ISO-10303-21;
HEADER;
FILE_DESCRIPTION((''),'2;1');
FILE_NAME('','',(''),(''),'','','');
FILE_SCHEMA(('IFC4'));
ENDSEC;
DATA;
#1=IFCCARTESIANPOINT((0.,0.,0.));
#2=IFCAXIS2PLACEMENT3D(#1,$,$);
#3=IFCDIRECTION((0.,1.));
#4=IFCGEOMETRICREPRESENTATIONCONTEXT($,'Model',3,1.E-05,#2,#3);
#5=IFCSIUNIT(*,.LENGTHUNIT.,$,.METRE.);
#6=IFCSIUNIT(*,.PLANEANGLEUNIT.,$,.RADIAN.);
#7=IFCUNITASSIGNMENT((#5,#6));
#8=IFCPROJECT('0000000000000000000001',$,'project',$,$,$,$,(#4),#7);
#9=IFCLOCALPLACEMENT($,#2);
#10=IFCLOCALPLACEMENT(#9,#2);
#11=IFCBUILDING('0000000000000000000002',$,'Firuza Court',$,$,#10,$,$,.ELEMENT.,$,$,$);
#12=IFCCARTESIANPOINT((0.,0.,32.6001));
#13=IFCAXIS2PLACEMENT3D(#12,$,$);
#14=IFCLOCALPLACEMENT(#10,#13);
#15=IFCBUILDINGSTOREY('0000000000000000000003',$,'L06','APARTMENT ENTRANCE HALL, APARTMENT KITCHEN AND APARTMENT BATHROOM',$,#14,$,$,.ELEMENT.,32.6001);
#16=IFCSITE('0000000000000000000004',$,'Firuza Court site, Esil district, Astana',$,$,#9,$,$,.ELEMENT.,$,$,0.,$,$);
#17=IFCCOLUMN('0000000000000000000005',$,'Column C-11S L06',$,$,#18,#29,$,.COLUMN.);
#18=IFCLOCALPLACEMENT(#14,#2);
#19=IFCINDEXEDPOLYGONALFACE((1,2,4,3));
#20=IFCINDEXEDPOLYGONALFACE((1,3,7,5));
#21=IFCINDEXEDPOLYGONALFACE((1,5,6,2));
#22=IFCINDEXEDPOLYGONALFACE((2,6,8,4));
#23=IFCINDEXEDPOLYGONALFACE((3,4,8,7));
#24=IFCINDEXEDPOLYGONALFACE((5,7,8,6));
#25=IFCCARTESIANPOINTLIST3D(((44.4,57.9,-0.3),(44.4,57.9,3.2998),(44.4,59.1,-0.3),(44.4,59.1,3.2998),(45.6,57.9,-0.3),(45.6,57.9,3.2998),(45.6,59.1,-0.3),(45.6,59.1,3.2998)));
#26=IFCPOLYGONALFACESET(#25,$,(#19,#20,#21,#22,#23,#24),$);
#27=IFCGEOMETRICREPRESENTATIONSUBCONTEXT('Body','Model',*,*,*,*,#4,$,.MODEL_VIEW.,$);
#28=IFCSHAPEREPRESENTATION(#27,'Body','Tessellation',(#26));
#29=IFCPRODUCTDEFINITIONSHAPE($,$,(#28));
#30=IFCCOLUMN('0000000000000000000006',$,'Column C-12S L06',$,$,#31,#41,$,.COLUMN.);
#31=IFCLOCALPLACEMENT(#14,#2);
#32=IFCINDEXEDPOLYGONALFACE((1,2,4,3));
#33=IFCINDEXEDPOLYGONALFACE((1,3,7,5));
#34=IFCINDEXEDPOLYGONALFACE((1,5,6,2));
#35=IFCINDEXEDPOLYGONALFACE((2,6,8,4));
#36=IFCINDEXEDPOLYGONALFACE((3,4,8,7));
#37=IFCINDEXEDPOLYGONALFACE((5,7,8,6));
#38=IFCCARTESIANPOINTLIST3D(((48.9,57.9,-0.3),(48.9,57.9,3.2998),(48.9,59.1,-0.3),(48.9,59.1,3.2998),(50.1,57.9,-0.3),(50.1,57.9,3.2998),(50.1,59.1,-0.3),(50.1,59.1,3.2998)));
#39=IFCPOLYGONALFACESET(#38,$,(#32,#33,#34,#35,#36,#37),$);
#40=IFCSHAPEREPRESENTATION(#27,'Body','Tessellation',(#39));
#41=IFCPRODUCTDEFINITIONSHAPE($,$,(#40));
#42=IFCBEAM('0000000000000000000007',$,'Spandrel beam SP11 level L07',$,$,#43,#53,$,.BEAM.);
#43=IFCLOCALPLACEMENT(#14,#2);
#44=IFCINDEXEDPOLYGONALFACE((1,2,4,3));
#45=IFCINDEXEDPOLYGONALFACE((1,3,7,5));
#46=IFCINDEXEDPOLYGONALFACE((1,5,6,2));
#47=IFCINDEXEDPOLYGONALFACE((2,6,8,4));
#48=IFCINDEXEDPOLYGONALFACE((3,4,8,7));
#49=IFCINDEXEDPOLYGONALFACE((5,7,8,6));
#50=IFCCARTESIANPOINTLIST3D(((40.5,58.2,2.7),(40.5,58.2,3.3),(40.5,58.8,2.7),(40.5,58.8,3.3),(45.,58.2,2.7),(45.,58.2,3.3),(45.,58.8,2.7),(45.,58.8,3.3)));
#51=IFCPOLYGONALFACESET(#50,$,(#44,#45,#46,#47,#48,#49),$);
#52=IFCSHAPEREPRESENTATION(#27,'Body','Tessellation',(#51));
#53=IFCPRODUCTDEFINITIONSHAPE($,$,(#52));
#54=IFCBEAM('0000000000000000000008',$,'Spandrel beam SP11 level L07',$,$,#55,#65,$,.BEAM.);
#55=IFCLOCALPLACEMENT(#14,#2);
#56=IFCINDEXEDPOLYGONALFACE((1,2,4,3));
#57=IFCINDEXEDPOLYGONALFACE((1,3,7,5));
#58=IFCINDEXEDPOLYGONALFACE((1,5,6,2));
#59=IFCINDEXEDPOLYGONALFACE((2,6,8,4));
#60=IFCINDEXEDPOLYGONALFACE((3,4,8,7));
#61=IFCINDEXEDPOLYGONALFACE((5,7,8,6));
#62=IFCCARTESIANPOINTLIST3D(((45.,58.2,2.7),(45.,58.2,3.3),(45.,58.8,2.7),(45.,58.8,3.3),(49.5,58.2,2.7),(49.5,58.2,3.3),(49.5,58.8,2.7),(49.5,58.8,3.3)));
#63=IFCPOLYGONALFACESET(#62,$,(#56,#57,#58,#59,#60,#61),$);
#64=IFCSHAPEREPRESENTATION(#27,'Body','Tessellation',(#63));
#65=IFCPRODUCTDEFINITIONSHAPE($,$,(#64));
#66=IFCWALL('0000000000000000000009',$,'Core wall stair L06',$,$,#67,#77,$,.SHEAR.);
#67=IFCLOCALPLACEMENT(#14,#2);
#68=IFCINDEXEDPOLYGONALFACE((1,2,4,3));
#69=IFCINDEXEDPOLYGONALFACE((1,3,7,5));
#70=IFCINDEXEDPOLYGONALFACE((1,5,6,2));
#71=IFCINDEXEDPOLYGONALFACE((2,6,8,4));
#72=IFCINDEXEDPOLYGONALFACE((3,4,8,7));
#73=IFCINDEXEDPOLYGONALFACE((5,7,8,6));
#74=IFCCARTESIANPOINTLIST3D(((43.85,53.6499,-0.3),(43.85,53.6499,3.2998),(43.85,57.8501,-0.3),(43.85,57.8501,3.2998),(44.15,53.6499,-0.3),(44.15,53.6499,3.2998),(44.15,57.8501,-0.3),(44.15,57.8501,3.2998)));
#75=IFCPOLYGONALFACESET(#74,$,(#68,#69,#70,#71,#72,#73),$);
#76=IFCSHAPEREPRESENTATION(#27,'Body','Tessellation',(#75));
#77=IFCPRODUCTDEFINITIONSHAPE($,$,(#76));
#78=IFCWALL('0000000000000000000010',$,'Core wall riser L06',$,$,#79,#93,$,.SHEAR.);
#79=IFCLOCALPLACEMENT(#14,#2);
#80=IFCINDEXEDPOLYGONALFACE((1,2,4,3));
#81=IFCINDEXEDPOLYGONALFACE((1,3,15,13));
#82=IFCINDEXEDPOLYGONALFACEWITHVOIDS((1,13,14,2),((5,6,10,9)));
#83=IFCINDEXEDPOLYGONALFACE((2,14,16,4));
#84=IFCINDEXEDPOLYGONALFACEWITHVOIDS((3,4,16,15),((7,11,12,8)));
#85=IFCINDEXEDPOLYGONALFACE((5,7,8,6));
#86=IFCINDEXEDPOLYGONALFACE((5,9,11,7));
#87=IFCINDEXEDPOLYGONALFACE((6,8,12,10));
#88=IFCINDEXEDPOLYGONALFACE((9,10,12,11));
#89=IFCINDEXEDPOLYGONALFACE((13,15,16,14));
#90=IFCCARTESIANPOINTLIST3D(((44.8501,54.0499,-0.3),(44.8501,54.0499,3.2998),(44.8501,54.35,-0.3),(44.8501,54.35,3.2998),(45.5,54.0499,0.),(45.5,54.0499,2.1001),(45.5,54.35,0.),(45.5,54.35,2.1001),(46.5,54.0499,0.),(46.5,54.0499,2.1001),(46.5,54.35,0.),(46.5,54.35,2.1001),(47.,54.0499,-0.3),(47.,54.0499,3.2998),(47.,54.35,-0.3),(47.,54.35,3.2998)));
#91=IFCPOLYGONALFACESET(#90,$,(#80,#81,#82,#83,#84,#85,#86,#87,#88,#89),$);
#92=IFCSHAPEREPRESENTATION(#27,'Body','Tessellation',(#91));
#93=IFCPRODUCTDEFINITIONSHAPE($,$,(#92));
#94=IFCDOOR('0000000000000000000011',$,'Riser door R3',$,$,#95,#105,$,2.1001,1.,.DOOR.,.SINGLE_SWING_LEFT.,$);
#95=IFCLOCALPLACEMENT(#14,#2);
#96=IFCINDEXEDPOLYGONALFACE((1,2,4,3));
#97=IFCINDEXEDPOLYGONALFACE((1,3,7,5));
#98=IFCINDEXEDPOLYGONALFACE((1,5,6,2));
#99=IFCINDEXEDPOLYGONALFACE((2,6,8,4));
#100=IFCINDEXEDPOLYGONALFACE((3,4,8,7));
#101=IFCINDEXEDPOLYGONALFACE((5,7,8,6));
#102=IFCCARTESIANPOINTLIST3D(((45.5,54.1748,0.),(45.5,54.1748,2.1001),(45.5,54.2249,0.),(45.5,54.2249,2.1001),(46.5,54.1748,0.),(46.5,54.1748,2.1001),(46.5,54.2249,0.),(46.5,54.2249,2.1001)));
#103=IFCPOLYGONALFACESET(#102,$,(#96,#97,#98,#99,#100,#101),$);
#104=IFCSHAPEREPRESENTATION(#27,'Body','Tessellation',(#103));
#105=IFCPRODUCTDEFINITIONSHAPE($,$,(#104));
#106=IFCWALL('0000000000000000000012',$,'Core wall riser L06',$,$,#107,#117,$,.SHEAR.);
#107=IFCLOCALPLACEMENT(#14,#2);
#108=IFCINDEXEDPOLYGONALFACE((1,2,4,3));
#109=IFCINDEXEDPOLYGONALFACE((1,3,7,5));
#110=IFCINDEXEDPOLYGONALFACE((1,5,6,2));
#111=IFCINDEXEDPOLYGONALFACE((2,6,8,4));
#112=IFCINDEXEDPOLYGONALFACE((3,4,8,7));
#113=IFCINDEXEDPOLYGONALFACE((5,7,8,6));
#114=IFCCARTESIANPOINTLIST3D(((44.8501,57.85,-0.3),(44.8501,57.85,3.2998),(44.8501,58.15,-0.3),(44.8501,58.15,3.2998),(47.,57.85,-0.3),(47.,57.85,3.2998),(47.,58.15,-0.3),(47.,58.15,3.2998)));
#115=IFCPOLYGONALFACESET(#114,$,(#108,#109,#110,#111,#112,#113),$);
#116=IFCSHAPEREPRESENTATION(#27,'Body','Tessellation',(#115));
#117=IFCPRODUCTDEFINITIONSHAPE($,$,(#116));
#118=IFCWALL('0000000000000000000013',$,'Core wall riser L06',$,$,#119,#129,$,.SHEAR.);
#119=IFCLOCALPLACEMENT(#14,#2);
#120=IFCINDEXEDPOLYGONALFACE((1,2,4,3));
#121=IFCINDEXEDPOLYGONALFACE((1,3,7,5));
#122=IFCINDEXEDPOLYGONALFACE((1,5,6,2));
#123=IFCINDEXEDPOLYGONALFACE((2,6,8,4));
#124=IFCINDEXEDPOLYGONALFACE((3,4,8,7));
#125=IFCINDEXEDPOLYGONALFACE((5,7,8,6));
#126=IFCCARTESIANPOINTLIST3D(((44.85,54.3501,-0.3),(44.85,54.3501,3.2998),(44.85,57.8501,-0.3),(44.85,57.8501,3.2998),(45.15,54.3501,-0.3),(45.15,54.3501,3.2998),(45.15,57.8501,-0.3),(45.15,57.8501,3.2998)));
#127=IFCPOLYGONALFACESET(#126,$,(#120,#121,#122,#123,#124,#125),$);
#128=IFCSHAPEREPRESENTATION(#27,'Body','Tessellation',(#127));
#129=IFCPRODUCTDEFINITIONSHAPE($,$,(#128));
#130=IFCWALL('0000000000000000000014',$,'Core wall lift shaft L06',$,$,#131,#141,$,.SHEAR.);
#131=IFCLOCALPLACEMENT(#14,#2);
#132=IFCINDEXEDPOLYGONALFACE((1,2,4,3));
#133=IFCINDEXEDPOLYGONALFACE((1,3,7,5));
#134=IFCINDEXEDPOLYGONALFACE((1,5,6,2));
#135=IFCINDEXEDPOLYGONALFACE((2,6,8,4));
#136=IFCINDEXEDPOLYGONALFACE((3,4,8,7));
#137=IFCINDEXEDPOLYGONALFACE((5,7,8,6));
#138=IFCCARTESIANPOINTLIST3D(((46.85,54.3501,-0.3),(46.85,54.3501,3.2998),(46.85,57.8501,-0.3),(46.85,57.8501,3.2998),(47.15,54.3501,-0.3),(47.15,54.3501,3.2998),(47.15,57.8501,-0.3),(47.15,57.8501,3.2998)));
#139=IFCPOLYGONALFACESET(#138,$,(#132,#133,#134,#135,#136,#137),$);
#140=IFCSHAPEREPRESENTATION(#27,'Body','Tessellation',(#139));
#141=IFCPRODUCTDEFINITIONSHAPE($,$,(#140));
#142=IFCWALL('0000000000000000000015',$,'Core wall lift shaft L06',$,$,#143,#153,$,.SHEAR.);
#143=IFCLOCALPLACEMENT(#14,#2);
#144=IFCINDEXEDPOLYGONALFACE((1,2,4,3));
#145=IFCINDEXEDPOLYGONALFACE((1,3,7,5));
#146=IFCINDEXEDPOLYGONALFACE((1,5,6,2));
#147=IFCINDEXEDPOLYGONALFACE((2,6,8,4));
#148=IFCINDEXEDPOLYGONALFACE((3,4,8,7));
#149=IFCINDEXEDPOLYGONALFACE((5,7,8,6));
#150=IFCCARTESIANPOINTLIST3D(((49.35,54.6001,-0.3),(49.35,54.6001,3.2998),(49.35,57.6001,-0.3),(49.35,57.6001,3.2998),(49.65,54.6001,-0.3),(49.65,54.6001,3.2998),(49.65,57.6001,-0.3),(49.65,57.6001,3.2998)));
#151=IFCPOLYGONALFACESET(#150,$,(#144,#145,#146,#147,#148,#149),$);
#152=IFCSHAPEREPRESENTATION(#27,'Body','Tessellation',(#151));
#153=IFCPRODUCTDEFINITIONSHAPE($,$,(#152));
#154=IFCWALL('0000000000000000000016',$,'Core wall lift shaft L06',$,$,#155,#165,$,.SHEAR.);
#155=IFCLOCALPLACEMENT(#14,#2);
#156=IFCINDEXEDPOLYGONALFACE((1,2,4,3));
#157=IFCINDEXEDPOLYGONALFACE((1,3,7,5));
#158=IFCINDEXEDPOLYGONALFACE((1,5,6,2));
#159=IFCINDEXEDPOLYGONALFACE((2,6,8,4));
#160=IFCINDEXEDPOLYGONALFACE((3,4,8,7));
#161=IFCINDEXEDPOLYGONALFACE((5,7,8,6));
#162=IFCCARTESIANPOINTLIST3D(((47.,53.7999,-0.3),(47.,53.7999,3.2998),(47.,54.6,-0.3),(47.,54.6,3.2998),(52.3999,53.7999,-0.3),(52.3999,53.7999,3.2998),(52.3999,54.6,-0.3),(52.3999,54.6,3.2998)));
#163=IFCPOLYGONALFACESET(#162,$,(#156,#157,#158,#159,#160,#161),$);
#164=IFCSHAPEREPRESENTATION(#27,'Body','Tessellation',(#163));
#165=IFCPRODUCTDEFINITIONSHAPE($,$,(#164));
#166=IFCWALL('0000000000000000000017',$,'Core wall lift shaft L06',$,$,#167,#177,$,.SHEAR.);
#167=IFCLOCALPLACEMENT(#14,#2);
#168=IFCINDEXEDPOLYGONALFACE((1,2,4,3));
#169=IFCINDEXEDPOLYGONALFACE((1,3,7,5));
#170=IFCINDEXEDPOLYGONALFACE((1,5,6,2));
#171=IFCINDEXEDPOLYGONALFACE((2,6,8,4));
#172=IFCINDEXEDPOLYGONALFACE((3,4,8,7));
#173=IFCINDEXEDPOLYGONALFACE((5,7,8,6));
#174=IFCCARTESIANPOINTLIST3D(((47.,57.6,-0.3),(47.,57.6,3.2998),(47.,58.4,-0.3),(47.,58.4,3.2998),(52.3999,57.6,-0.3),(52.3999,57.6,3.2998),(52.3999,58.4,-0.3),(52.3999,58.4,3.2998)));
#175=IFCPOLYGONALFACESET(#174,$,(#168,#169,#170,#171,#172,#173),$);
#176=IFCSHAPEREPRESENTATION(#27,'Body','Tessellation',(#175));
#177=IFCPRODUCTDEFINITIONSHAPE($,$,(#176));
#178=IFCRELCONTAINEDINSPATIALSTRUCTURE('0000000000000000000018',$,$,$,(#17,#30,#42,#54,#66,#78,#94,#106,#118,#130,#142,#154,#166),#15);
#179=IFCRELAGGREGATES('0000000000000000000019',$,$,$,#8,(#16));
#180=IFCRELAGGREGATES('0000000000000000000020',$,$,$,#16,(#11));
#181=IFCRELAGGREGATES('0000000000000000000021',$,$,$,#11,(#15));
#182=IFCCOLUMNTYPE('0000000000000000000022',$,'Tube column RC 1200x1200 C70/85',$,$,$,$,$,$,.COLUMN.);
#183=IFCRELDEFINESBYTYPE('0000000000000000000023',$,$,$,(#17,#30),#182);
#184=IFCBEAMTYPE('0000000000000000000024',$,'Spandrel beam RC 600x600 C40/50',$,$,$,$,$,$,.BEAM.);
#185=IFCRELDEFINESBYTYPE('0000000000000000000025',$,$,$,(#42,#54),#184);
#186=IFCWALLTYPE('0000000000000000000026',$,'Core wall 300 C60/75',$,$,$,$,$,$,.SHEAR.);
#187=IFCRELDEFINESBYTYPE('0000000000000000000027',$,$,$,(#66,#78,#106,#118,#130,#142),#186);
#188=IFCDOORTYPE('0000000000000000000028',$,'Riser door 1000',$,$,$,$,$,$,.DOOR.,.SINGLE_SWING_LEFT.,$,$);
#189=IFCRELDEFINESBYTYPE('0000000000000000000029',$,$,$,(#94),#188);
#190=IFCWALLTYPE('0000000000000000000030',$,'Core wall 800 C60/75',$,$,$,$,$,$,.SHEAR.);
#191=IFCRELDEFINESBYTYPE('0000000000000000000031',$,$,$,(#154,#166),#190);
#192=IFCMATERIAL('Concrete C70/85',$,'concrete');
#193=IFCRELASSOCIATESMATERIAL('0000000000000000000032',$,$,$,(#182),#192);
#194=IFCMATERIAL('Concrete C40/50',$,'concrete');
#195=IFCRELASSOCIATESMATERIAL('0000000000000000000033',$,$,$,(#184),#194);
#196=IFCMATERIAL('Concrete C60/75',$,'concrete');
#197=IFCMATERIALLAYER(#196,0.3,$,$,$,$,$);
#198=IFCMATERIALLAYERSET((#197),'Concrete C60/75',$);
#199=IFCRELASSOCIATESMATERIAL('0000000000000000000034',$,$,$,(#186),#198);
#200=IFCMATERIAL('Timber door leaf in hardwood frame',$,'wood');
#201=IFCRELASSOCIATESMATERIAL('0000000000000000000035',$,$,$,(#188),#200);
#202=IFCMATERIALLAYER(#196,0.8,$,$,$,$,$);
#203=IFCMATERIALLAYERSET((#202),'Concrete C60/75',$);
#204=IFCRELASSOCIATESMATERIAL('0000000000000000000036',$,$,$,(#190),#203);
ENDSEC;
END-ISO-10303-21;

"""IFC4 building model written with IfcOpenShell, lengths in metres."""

from ifc_helpers import new_model, si_unit, direction, frame, frame_2d, origin, origin_2d, place, context, subcontext, project, spatial, rectangle, extrude, material, layer, layer_set, material_profile, profile_set, type_object, element, fill, save


model = new_model("IFC4")

# Units and contexts
model_context = context("Model", 3, precision=1e-05, world=origin(), true_north=direction((0.0, 1.0)))
body_context = subcontext(model_context, "Body", "Model", "MODEL_VIEW")
ifc_project = project(units=[si_unit("LENGTHUNIT", "METRE"), si_unit("PLANEANGLEUNIT", "RADIAN")], contexts=[model_context])

# Site, building, storey
site_placement = place(None, origin())
site = spatial("IfcSite", under=ifc_project, at=site_placement, Name="Firuza Court site, Esil district, Astana", CompositionType="ELEMENT", RefElevation=0.0)
building_placement = place(site_placement, origin())
building = spatial("IfcBuilding", under=site, at=building_placement, Name="Firuza Court", CompositionType="ELEMENT")
storey_placement = place(building_placement, frame((0.0, 0.0, 32.6001)))
storey = spatial("IfcBuildingStorey", under=building, at=storey_placement, Name="L06", Description="APARTMENT ENTRANCE HALL, APARTMENT KITCHEN AND APARTMENT BATHROOM", CompositionType="ELEMENT", Elevation=32.6001)

# Columns
ifc_material_1 = material(Name="Concrete C70/85", Category="concrete")
ifc_material_profile_1 = material_profile(ifc_material_1, rectangle(XDim=1.2, YDim=1.2, at=origin_2d()), Name="RC 1200x1200")
ifc_profile_set_1 = profile_set([ifc_material_profile_1], Name="Concrete C70/85")
column_type = type_object("IfcColumnType", Name="Tube column RC 1200x1200 C70/85", PredefinedType="COLUMN", material=ifc_profile_set_1)
for number, where, z_axis, x_axis, name in (
    (1, (45.0, 58.5, -0.3), (0.0, 0.0, 1.0), (1.0, 0.0, 0.0), "Column C-11S L06"),
    (2, (49.5, 58.5, -0.3), (0.0, 0.0, 1.0), (1.0, 0.0, 0.0), "Column C-12S L06"),
):
    element("IfcColumn", number, at=place(storey_placement, frame(where, z_axis=z_axis, x_axis=x_axis)), inside=storey, type_object=column_type, Name=name, PredefinedType="COLUMN", context=body_context, shape_type="SweptSolid", body=[
        extrude(rectangle(XDim=1.2, YDim=1.2, at=origin_2d()), origin(), (0.0, 0.0, 1.0), 3.5999),
    ])

# Beams
ifc_material_2 = material(Name="Concrete C40/50", Category="concrete")
ifc_material_profile_2 = material_profile(ifc_material_2, rectangle(XDim=0.6001, YDim=0.6001, at=origin_2d()), Name="RC 600x600")
ifc_profile_set_2 = profile_set([ifc_material_profile_2], Name="Concrete C40/50")
beam_type = type_object("IfcBeamType", Name="Spandrel beam RC 600x600 C40/50", PredefinedType="BEAM", material=ifc_profile_set_2)
for number, where, z_axis, x_axis, name in (
    (3, (45.0, 58.5, 3.0), (-1.0, 0.0, 0.0), (0.0, -1.0, 0.0), "Spandrel beam SP11 level L07"),
    (4, (49.5, 58.5, 3.0), (-1.0, 0.0, 0.0), (0.0, -1.0, 0.0), "Spandrel beam SP11 level L07"),
):
    element("IfcBeam", number, at=place(storey_placement, frame(where, z_axis=z_axis, x_axis=x_axis)), inside=storey, type_object=beam_type, Name=name, PredefinedType="BEAM", context=body_context, shape_type="SweptSolid", body=[
        extrude(rectangle(XDim=0.6001, YDim=0.6001, at=origin_2d()), origin(), (0.0, 0.0, 1.0), 4.5),
    ])

# Wall
ifc_material_3 = material(Name="Concrete C60/75", Category="concrete")
ifc_layer_1 = layer(ifc_material_3, 0.3)
ifc_layer_set_1 = layer_set([ifc_layer_1], Name="Concrete C60/75")
wall_type_1 = type_object("IfcWallType", Name="Core wall 300 C60/75", PredefinedType="SHEAR", material=ifc_layer_set_1)
wall_1_placement = place(storey_placement, frame((44.0, 53.6499, -0.3), z_axis=(0.0, 0.0, 1.0), x_axis=(0.0, 1.0, 0.0)))
element("IfcWall", 5, at=wall_1_placement, inside=storey, type_object=wall_type_1, Name="Core wall stair L06", PredefinedType="SHEAR", context=body_context, shape_type="SweptSolid", body=[
    extrude(rectangle(XDim=4.2002, YDim=0.3, at=frame_2d((2.1001, 0.0))), origin(), (0.0, 0.0, 1.0), 3.5999),
])

# Wall, opening, door
wall_2_placement = place(storey_placement, frame((44.8501, 54.2, -0.3), z_axis=(0.0, 0.0, 1.0), x_axis=(1.0, 0.0, 0.0)))
wall_2 = element("IfcWall", 6, at=wall_2_placement, inside=storey, type_object=wall_type_1, Name="Core wall riser L06", PredefinedType="SHEAR", context=body_context, shape_type="SweptSolid", body=[
    extrude(rectangle(XDim=2.1499, YDim=0.3, at=frame_2d((1.075, 0.0))), origin(), (0.0, 0.0, 1.0), 3.5999),
])
opening_1_placement = place(wall_2_placement, frame((0.6499, 0.0, 0.3)))
opening_1 = element("IfcOpeningElement", 7, at=opening_1_placement, cuts=wall_2, PredefinedType="OPENING", context=body_context, shape_type="SweptSolid", body=[
    extrude(rectangle(XDim=1.0, YDim=2.1001, at=frame_2d((0.5, 1.05))), frame((0.0, 0.1621, 0.0), z_axis=(0.0, -1.0, 0.0), x_axis=(1.0, 0.0, 0.0)), (0.0, 0.0, 1.0), 0.324),
])
ifc_material_4 = material(Name="Timber door leaf in hardwood frame", Category="wood")
door_type_1 = type_object("IfcDoorType", Name="Riser door 1000", OperationType="SINGLE_SWING_LEFT", PredefinedType="DOOR", material=ifc_material_4)
door_1_placement = place(opening_1_placement, origin())
door_1 = element("IfcDoor", 8, at=door_1_placement, inside=storey, type_object=door_type_1, Name="Riser door R3", OperationType="SINGLE_SWING_LEFT", OverallHeight=2.1001, OverallWidth=1.0, PredefinedType="DOOR", context=body_context, shape_type="SweptSolid", body=[
    extrude(rectangle(XDim=1.0, YDim=2.1001, at=frame_2d((0.5, 1.05))), frame((0.0, 0.0249, 0.0), z_axis=(0.0, -1.0, 0.0), x_axis=(1.0, 0.0, 0.0)), (0.0, 0.0, 1.0), 0.05),
])
fill(opening_1, door_1)

# Walls
wall_3_placement = place(storey_placement, frame((44.8501, 58.0, -0.3), z_axis=(0.0, 0.0, 1.0), x_axis=(1.0, 0.0, 0.0)))
element("IfcWall", 9, at=wall_3_placement, inside=storey, type_object=wall_type_1, Name="Core wall riser L06", PredefinedType="SHEAR", context=body_context, shape_type="SweptSolid", body=[
    extrude(rectangle(XDim=2.1499, YDim=0.3, at=frame_2d((1.075, 0.0))), origin(), (0.0, 0.0, 1.0), 3.5999),
])
for number, where, z_axis, x_axis, name in (
    (10, (45.0, 54.3501, -0.3), (0.0, 0.0, 1.0), (0.0, 1.0, 0.0), "Core wall riser L06"),
    (11, (47.0, 54.3501, -0.3), (0.0, 0.0, 1.0), (0.0, 1.0, 0.0), "Core wall lift shaft L06"),
):
    element("IfcWall", number, at=place(storey_placement, frame(where, z_axis=z_axis, x_axis=x_axis)), inside=storey, type_object=wall_type_1, Name=name, PredefinedType="SHEAR", context=body_context, shape_type="SweptSolid", body=[
        extrude(rectangle(XDim=3.5, YDim=0.3, at=frame_2d((1.75, 0.0))), origin(), (0.0, 0.0, 1.0), 3.5999),
    ])
wall_4_placement = place(storey_placement, frame((49.5, 54.6001, -0.3), z_axis=(0.0, 0.0, 1.0), x_axis=(0.0, 1.0, 0.0)))
element("IfcWall", 12, at=wall_4_placement, inside=storey, type_object=wall_type_1, Name="Core wall lift shaft L06", PredefinedType="SHEAR", context=body_context, shape_type="SweptSolid", body=[
    extrude(rectangle(XDim=3.0, YDim=0.3, at=frame_2d((1.5, 0.0))), origin(), (0.0, 0.0, 1.0), 3.5999),
])
ifc_layer_2 = layer(ifc_material_3, 0.8)
ifc_layer_set_2 = layer_set([ifc_layer_2], Name="Concrete C60/75")
wall_type_2 = type_object("IfcWallType", Name="Core wall 800 C60/75", PredefinedType="SHEAR", material=ifc_layer_set_2)
for number, where, z_axis, x_axis, name in (
    (13, (47.0, 54.2, -0.3), (0.0, 0.0, 1.0), (1.0, 0.0, 0.0), "Core wall lift shaft L06"),
    (14, (47.0, 58.0, -0.3), (0.0, 0.0, 1.0), (1.0, 0.0, 0.0), "Core wall lift shaft L06"),
):
    element("IfcWall", number, at=place(storey_placement, frame(where, z_axis=z_axis, x_axis=x_axis)), inside=storey, type_object=wall_type_2, Name=name, PredefinedType="SHEAR", context=body_context, shape_type="SweptSolid", body=[
        extrude(rectangle(XDim=5.3999, YDim=0.8, at=frame_2d((2.7, 0.0))), origin(), (0.0, 0.0, 1.0), 3.5999),
    ])

save(model, "model.ifc")
